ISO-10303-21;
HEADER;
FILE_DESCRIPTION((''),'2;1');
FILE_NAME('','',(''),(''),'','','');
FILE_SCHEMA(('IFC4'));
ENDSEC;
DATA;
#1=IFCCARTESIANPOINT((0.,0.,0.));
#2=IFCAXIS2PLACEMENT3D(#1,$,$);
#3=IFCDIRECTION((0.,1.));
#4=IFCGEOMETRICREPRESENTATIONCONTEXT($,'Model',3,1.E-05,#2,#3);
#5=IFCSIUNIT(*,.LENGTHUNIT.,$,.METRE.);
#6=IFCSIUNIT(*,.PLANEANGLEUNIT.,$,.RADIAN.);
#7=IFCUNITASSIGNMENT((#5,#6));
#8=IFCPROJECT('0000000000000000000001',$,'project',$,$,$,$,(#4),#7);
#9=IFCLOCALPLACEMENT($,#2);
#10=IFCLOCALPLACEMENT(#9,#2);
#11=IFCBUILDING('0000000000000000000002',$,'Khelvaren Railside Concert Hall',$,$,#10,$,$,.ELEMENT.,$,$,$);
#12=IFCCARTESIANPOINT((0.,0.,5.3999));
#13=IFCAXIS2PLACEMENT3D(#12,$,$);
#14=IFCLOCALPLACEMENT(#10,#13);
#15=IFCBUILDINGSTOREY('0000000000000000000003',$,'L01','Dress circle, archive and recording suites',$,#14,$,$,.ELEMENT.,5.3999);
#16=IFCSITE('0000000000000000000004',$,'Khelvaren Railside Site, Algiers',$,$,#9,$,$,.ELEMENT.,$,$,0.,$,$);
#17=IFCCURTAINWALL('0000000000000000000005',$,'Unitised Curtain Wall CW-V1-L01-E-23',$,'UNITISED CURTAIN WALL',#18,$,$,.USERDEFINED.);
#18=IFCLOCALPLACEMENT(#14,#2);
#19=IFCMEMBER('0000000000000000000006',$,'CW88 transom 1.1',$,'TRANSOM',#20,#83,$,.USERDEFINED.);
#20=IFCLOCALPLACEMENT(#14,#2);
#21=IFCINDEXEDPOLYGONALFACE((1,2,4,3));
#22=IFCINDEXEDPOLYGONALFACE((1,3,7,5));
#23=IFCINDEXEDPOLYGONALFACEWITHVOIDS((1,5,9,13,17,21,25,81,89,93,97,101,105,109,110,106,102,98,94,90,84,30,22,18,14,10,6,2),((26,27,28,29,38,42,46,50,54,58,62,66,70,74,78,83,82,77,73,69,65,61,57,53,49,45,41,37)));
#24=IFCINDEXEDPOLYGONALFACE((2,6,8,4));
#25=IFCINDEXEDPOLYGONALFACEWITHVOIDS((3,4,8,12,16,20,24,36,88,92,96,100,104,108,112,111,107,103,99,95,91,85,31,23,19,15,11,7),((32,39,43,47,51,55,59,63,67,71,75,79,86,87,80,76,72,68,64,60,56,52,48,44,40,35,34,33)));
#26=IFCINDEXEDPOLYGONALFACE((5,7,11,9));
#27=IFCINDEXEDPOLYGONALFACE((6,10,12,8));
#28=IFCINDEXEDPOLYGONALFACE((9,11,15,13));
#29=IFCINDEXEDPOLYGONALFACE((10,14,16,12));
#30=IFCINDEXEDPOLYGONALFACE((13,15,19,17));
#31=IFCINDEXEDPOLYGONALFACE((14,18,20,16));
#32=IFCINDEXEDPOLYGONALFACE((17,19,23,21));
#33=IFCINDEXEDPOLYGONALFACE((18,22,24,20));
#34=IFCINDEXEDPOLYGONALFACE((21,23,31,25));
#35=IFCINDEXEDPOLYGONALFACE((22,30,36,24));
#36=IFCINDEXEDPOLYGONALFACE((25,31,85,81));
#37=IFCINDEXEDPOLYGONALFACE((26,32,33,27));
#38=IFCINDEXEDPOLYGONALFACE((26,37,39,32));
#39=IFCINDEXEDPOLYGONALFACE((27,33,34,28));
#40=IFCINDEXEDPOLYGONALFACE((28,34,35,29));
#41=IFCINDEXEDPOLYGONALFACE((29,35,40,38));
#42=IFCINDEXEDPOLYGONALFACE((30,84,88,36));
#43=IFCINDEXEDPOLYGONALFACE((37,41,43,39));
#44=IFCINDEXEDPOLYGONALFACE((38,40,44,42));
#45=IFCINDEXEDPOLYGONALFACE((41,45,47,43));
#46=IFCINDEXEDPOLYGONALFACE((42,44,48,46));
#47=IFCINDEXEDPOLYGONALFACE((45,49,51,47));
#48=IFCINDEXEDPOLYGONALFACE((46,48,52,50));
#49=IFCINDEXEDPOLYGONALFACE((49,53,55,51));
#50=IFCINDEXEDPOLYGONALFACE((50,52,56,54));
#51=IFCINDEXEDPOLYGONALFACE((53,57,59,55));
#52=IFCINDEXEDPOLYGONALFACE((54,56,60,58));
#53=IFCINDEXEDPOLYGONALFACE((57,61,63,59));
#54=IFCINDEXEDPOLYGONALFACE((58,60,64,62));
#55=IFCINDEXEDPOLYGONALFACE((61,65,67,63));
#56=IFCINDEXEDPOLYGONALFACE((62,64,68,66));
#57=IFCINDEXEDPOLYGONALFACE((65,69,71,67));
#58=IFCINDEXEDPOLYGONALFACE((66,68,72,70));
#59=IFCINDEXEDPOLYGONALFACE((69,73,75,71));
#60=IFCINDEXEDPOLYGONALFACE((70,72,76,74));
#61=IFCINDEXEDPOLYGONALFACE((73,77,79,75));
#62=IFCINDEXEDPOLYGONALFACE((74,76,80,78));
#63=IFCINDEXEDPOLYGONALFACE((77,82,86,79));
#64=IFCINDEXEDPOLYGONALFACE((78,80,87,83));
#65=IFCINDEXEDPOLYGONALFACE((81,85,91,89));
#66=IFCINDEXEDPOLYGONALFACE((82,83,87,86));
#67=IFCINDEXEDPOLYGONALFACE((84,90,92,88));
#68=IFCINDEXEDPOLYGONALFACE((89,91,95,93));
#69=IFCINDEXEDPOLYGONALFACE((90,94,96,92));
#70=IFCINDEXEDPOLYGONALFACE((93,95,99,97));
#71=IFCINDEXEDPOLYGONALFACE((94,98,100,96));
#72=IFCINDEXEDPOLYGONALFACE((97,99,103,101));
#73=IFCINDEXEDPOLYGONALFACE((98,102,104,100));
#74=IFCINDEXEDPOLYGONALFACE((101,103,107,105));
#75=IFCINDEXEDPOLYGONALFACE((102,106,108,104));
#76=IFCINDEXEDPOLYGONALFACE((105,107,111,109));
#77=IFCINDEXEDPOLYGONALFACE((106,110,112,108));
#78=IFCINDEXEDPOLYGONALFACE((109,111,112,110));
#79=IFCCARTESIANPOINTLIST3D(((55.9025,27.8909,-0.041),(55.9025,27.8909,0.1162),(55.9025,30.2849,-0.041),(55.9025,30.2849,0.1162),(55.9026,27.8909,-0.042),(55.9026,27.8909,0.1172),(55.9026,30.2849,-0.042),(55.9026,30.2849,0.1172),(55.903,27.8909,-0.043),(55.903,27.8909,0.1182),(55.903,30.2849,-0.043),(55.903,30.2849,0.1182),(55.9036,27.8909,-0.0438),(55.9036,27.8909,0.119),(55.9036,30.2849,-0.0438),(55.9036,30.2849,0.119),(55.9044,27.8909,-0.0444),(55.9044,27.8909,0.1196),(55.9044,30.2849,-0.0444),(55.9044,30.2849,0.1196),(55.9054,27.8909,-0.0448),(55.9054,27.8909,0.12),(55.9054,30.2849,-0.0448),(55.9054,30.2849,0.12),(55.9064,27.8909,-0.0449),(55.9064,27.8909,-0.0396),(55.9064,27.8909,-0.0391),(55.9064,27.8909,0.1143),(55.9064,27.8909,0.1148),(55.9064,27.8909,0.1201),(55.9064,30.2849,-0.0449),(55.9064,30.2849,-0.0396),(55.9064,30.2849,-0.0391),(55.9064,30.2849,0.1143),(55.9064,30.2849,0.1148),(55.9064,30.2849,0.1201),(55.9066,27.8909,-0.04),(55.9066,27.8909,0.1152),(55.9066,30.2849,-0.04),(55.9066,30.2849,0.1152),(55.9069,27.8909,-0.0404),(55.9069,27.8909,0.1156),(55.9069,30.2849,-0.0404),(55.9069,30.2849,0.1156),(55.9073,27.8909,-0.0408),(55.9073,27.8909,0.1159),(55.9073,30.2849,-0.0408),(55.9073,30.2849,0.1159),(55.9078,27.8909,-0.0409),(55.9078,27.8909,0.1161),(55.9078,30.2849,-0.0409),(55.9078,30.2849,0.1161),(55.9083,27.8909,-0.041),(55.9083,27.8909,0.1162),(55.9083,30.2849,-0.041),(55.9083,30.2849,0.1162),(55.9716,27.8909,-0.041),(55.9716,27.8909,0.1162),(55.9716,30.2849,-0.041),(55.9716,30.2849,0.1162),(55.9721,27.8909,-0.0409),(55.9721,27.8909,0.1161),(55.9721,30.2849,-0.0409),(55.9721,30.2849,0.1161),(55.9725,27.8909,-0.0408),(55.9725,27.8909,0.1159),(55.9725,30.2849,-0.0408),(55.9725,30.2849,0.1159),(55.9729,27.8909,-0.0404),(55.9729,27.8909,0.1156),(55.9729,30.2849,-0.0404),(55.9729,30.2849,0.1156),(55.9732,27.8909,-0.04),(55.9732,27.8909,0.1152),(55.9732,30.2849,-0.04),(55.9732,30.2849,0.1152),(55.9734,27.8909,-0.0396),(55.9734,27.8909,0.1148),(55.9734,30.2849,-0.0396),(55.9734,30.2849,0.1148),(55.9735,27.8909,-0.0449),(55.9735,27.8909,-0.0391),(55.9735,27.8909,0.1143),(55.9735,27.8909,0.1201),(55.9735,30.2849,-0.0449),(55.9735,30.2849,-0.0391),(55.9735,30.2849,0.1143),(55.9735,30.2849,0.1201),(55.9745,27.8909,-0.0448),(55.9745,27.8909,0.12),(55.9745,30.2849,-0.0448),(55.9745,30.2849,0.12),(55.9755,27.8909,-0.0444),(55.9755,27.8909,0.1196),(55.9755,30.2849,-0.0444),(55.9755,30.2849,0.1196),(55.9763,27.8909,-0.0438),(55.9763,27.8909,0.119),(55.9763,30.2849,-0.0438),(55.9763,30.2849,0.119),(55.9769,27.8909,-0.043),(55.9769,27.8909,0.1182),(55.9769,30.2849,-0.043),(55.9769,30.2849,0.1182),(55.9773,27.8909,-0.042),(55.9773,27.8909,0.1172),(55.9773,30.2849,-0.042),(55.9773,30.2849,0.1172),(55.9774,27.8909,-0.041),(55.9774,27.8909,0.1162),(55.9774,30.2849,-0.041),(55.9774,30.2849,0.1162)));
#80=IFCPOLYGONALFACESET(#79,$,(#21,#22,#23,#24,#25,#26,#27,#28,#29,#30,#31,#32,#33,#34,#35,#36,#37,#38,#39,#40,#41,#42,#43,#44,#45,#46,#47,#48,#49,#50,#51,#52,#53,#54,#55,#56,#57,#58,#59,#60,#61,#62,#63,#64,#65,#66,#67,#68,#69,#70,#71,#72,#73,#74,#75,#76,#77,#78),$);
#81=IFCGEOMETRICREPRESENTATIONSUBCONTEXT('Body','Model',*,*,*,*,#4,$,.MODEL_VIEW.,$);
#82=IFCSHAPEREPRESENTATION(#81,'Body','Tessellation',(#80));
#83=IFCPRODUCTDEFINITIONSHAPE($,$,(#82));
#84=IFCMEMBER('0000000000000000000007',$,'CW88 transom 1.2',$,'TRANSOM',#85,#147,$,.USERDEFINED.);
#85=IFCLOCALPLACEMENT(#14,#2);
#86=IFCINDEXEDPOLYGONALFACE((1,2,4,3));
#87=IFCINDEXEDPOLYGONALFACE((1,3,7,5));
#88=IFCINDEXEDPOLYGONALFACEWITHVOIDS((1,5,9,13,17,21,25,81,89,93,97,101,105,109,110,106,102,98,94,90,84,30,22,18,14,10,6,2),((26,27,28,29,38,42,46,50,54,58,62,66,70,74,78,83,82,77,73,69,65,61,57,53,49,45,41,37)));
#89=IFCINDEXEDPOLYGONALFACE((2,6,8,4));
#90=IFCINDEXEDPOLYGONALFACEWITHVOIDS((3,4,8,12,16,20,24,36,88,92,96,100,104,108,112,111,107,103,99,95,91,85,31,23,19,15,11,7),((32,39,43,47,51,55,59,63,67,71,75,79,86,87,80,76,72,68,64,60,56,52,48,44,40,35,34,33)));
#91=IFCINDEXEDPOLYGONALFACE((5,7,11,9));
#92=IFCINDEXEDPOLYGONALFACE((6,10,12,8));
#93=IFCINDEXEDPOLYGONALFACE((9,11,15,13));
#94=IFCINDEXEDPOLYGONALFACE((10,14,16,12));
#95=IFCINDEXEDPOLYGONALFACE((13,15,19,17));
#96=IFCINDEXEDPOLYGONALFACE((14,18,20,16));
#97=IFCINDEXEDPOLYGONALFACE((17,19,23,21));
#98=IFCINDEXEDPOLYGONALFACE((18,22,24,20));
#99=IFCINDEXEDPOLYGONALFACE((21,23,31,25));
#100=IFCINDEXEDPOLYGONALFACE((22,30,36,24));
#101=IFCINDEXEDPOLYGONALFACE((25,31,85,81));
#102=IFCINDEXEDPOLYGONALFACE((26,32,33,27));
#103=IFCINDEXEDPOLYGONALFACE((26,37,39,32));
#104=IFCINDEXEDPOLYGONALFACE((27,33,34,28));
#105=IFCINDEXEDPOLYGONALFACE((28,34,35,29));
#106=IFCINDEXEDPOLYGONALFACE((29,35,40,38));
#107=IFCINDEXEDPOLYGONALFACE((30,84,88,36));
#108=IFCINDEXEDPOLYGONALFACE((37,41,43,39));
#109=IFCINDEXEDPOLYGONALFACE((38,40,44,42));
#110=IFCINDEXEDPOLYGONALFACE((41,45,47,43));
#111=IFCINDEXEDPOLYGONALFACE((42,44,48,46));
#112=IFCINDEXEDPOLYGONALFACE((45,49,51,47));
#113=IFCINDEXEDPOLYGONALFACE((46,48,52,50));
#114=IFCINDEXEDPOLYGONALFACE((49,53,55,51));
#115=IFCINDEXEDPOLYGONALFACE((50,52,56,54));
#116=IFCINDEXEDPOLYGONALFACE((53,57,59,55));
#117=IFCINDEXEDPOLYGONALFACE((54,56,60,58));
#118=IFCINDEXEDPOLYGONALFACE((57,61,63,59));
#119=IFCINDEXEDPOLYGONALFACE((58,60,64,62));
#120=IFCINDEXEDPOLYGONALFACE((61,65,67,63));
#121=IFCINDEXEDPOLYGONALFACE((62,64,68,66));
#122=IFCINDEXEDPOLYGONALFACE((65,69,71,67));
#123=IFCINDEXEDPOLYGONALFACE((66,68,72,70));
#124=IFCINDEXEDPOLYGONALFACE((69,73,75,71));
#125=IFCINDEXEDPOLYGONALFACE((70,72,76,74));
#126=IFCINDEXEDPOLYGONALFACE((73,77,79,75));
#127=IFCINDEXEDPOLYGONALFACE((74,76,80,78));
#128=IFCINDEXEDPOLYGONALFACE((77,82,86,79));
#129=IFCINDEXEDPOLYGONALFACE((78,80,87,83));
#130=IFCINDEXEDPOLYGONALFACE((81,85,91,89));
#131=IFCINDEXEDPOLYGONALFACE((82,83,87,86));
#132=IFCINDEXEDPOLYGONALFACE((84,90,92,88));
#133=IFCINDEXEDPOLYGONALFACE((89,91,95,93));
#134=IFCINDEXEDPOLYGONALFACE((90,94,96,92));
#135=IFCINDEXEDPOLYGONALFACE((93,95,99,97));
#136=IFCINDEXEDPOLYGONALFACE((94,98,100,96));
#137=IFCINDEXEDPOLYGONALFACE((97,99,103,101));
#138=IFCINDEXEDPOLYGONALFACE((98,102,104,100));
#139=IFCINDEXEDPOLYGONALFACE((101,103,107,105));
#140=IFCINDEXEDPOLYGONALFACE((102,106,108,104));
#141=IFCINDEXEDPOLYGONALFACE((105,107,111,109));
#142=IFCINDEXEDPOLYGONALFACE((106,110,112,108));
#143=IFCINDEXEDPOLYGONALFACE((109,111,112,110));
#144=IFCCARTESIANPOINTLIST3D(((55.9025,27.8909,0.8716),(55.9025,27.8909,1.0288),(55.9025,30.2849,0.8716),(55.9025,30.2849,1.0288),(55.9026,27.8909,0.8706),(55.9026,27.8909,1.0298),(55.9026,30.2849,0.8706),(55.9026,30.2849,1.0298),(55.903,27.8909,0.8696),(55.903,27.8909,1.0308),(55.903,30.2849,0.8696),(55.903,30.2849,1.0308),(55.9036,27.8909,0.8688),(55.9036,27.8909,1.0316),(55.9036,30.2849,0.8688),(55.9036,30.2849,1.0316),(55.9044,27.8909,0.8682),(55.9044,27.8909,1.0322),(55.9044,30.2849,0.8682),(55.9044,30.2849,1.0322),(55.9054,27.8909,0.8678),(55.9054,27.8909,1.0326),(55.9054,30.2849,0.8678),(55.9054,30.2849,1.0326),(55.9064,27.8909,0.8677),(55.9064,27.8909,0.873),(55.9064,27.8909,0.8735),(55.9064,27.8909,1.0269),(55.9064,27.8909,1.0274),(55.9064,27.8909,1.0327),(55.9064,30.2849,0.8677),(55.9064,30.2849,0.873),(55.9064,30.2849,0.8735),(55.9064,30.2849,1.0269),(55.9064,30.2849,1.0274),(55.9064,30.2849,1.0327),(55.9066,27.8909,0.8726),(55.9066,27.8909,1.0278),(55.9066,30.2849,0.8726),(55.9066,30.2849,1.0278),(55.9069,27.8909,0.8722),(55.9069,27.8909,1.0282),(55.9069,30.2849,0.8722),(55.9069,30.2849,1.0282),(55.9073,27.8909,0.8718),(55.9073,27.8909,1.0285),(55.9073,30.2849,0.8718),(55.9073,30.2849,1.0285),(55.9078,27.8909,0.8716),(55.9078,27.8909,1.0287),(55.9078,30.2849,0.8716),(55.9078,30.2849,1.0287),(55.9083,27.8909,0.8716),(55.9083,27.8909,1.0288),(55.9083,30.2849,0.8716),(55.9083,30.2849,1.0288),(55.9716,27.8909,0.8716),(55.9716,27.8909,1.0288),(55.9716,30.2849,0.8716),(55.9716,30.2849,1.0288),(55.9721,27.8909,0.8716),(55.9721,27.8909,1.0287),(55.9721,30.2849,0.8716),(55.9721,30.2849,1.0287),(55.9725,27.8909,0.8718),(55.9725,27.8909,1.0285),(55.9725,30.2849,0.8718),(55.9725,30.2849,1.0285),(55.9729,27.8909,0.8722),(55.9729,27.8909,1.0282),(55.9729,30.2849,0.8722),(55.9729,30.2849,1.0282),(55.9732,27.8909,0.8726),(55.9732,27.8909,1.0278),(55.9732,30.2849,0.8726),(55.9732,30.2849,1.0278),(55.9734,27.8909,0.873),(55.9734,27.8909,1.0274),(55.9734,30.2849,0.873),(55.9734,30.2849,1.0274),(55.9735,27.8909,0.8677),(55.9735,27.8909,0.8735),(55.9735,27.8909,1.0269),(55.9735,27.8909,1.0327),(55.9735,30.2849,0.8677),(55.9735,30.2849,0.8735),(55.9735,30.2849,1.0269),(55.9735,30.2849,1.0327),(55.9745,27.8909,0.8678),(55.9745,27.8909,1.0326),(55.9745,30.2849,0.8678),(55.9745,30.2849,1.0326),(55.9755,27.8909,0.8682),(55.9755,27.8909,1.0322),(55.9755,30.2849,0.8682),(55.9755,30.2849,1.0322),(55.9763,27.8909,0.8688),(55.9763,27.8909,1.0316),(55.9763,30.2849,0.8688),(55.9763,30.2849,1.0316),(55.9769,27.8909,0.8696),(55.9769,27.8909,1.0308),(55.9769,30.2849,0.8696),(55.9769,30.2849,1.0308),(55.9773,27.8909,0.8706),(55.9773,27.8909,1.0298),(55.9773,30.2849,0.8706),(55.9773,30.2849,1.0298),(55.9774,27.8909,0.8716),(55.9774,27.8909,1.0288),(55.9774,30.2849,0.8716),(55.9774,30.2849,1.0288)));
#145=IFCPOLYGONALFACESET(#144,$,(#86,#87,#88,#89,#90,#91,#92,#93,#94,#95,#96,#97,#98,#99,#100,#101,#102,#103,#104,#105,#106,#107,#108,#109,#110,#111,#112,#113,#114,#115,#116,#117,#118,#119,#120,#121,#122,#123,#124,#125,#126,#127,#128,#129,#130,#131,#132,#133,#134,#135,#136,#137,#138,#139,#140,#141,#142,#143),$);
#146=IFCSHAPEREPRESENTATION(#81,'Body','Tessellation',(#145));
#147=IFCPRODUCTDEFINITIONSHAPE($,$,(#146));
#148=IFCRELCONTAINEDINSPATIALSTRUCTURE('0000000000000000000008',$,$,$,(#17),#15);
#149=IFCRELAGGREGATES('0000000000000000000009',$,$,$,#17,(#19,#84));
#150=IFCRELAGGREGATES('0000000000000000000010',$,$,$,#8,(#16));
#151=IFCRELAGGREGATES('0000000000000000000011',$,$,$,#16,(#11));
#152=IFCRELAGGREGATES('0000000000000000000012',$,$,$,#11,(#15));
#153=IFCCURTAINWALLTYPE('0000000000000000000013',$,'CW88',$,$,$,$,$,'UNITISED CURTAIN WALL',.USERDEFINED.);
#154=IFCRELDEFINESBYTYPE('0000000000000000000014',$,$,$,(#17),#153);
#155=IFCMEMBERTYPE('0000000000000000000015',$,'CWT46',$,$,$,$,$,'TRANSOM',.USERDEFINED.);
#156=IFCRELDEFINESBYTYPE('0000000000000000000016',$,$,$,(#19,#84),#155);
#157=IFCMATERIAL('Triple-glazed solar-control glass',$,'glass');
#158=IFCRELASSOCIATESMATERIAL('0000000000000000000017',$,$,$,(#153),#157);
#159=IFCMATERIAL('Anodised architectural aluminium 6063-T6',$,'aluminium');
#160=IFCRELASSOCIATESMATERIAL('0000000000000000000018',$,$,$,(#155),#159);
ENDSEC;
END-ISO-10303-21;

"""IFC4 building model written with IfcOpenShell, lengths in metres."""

from ifc_helpers import new_model, si_unit, direction, frame, origin, origin_2d, place, context, subcontext, project, spatial, hollow_rectangle, extrude, material, material_profile, profile_set, type_object, element, aggregate, save


model = new_model("IFC4")

# Units and contexts
model_context = context("Model", 3, precision=1e-05, world=origin(), true_north=direction((0.0, 1.0)))
body_context = subcontext(model_context, "Body", "Model", "MODEL_VIEW")
ifc_project = project(units=[si_unit("LENGTHUNIT", "METRE"), si_unit("PLANEANGLEUNIT", "RADIAN")], contexts=[model_context])

# Site, building, storey
site_placement = place(None, origin())
site = spatial("IfcSite", under=ifc_project, at=site_placement, Name="Khelvaren Railside Site, Algiers", CompositionType="ELEMENT", RefElevation=0.0)
building_placement = place(site_placement, origin())
building = spatial("IfcBuilding", under=site, at=building_placement, Name="Khelvaren Railside Concert Hall", CompositionType="ELEMENT")
storey_placement = place(building_placement, frame((0.0, 0.0, 5.3999)))
storey = spatial("IfcBuildingStorey", under=building, at=storey_placement, Name="L01", Description="Dress circle, archive and recording suites", CompositionType="ELEMENT", Elevation=5.3999)

# Curtain wall
ifc_material_1 = material(Name="Triple-glazed solar-control glass", Category="glass")
curtain_wall_type_1 = type_object("IfcCurtainWallType", Name="CW88", ElementType="UNITISED CURTAIN WALL", PredefinedType="USERDEFINED", material=ifc_material_1)
curtain_wall_1_placement = place(storey_placement, origin())
curtain_wall_1 = element("IfcCurtainWall", 1, at=curtain_wall_1_placement, inside=storey, type_object=curtain_wall_type_1, Name="Unitised Curtain Wall CW-V1-L01-E-23", ObjectType="UNITISED CURTAIN WALL", PredefinedType="USERDEFINED")
ifc_material_2 = material(Name="Anodised architectural aluminium 6063-T6", Category="aluminium")

# Members
ifc_material_profile_1 = material_profile(ifc_material_2, hollow_rectangle(XDim=0.075, YDim=0.165, WallThickness=0.0039, InnerFilletRadius=0.002, OuterFilletRadius=0.0039, at=origin_2d()), Name="CWT 75x165x4")
ifc_profile_set_1 = profile_set([ifc_material_profile_1], Name="Anodised architectural aluminium 6063-T6")
member_type_1 = type_object("IfcMemberType", Name="CWT46", ElementType="TRANSOM", PredefinedType="USERDEFINED", material=ifc_profile_set_1)
member_1_placement = place(storey_placement, frame((55.9399, 30.2849, 0.0376), z_axis=(0.0, -1.0, 0.0), x_axis=(1.0, 0.0, 0.0)))
member_1 = element("IfcMember", 2, at=member_1_placement, type_object=member_type_1, Name="CW88 transom 1.1", ObjectType="TRANSOM", PredefinedType="USERDEFINED", context=body_context, shape_type="SweptSolid", body=[
    extrude(hollow_rectangle(XDim=0.075, YDim=0.165, WallThickness=0.0039, InnerFilletRadius=0.002, OuterFilletRadius=0.0039, at=origin_2d()), origin(), (0.0, 0.0, 1.0), 2.394),
])
member_2_placement = place(storey_placement, frame((55.9399, 30.2849, 0.9502), z_axis=(0.0, -1.0, 0.0), x_axis=(1.0, 0.0, 0.0)))
member_2 = element("IfcMember", 3, at=member_2_placement, type_object=member_type_1, Name="CW88 transom 1.2", ObjectType="TRANSOM", PredefinedType="USERDEFINED", context=body_context, shape_type="SweptSolid", body=[
    extrude(hollow_rectangle(XDim=0.075, YDim=0.165, WallThickness=0.0039, InnerFilletRadius=0.002, OuterFilletRadius=0.0039, at=origin_2d()), origin(), (0.0, 0.0, 1.0), 2.394),
])

aggregate(curtain_wall_1, [member_1, member_2])

save(model, "model.ifc")
